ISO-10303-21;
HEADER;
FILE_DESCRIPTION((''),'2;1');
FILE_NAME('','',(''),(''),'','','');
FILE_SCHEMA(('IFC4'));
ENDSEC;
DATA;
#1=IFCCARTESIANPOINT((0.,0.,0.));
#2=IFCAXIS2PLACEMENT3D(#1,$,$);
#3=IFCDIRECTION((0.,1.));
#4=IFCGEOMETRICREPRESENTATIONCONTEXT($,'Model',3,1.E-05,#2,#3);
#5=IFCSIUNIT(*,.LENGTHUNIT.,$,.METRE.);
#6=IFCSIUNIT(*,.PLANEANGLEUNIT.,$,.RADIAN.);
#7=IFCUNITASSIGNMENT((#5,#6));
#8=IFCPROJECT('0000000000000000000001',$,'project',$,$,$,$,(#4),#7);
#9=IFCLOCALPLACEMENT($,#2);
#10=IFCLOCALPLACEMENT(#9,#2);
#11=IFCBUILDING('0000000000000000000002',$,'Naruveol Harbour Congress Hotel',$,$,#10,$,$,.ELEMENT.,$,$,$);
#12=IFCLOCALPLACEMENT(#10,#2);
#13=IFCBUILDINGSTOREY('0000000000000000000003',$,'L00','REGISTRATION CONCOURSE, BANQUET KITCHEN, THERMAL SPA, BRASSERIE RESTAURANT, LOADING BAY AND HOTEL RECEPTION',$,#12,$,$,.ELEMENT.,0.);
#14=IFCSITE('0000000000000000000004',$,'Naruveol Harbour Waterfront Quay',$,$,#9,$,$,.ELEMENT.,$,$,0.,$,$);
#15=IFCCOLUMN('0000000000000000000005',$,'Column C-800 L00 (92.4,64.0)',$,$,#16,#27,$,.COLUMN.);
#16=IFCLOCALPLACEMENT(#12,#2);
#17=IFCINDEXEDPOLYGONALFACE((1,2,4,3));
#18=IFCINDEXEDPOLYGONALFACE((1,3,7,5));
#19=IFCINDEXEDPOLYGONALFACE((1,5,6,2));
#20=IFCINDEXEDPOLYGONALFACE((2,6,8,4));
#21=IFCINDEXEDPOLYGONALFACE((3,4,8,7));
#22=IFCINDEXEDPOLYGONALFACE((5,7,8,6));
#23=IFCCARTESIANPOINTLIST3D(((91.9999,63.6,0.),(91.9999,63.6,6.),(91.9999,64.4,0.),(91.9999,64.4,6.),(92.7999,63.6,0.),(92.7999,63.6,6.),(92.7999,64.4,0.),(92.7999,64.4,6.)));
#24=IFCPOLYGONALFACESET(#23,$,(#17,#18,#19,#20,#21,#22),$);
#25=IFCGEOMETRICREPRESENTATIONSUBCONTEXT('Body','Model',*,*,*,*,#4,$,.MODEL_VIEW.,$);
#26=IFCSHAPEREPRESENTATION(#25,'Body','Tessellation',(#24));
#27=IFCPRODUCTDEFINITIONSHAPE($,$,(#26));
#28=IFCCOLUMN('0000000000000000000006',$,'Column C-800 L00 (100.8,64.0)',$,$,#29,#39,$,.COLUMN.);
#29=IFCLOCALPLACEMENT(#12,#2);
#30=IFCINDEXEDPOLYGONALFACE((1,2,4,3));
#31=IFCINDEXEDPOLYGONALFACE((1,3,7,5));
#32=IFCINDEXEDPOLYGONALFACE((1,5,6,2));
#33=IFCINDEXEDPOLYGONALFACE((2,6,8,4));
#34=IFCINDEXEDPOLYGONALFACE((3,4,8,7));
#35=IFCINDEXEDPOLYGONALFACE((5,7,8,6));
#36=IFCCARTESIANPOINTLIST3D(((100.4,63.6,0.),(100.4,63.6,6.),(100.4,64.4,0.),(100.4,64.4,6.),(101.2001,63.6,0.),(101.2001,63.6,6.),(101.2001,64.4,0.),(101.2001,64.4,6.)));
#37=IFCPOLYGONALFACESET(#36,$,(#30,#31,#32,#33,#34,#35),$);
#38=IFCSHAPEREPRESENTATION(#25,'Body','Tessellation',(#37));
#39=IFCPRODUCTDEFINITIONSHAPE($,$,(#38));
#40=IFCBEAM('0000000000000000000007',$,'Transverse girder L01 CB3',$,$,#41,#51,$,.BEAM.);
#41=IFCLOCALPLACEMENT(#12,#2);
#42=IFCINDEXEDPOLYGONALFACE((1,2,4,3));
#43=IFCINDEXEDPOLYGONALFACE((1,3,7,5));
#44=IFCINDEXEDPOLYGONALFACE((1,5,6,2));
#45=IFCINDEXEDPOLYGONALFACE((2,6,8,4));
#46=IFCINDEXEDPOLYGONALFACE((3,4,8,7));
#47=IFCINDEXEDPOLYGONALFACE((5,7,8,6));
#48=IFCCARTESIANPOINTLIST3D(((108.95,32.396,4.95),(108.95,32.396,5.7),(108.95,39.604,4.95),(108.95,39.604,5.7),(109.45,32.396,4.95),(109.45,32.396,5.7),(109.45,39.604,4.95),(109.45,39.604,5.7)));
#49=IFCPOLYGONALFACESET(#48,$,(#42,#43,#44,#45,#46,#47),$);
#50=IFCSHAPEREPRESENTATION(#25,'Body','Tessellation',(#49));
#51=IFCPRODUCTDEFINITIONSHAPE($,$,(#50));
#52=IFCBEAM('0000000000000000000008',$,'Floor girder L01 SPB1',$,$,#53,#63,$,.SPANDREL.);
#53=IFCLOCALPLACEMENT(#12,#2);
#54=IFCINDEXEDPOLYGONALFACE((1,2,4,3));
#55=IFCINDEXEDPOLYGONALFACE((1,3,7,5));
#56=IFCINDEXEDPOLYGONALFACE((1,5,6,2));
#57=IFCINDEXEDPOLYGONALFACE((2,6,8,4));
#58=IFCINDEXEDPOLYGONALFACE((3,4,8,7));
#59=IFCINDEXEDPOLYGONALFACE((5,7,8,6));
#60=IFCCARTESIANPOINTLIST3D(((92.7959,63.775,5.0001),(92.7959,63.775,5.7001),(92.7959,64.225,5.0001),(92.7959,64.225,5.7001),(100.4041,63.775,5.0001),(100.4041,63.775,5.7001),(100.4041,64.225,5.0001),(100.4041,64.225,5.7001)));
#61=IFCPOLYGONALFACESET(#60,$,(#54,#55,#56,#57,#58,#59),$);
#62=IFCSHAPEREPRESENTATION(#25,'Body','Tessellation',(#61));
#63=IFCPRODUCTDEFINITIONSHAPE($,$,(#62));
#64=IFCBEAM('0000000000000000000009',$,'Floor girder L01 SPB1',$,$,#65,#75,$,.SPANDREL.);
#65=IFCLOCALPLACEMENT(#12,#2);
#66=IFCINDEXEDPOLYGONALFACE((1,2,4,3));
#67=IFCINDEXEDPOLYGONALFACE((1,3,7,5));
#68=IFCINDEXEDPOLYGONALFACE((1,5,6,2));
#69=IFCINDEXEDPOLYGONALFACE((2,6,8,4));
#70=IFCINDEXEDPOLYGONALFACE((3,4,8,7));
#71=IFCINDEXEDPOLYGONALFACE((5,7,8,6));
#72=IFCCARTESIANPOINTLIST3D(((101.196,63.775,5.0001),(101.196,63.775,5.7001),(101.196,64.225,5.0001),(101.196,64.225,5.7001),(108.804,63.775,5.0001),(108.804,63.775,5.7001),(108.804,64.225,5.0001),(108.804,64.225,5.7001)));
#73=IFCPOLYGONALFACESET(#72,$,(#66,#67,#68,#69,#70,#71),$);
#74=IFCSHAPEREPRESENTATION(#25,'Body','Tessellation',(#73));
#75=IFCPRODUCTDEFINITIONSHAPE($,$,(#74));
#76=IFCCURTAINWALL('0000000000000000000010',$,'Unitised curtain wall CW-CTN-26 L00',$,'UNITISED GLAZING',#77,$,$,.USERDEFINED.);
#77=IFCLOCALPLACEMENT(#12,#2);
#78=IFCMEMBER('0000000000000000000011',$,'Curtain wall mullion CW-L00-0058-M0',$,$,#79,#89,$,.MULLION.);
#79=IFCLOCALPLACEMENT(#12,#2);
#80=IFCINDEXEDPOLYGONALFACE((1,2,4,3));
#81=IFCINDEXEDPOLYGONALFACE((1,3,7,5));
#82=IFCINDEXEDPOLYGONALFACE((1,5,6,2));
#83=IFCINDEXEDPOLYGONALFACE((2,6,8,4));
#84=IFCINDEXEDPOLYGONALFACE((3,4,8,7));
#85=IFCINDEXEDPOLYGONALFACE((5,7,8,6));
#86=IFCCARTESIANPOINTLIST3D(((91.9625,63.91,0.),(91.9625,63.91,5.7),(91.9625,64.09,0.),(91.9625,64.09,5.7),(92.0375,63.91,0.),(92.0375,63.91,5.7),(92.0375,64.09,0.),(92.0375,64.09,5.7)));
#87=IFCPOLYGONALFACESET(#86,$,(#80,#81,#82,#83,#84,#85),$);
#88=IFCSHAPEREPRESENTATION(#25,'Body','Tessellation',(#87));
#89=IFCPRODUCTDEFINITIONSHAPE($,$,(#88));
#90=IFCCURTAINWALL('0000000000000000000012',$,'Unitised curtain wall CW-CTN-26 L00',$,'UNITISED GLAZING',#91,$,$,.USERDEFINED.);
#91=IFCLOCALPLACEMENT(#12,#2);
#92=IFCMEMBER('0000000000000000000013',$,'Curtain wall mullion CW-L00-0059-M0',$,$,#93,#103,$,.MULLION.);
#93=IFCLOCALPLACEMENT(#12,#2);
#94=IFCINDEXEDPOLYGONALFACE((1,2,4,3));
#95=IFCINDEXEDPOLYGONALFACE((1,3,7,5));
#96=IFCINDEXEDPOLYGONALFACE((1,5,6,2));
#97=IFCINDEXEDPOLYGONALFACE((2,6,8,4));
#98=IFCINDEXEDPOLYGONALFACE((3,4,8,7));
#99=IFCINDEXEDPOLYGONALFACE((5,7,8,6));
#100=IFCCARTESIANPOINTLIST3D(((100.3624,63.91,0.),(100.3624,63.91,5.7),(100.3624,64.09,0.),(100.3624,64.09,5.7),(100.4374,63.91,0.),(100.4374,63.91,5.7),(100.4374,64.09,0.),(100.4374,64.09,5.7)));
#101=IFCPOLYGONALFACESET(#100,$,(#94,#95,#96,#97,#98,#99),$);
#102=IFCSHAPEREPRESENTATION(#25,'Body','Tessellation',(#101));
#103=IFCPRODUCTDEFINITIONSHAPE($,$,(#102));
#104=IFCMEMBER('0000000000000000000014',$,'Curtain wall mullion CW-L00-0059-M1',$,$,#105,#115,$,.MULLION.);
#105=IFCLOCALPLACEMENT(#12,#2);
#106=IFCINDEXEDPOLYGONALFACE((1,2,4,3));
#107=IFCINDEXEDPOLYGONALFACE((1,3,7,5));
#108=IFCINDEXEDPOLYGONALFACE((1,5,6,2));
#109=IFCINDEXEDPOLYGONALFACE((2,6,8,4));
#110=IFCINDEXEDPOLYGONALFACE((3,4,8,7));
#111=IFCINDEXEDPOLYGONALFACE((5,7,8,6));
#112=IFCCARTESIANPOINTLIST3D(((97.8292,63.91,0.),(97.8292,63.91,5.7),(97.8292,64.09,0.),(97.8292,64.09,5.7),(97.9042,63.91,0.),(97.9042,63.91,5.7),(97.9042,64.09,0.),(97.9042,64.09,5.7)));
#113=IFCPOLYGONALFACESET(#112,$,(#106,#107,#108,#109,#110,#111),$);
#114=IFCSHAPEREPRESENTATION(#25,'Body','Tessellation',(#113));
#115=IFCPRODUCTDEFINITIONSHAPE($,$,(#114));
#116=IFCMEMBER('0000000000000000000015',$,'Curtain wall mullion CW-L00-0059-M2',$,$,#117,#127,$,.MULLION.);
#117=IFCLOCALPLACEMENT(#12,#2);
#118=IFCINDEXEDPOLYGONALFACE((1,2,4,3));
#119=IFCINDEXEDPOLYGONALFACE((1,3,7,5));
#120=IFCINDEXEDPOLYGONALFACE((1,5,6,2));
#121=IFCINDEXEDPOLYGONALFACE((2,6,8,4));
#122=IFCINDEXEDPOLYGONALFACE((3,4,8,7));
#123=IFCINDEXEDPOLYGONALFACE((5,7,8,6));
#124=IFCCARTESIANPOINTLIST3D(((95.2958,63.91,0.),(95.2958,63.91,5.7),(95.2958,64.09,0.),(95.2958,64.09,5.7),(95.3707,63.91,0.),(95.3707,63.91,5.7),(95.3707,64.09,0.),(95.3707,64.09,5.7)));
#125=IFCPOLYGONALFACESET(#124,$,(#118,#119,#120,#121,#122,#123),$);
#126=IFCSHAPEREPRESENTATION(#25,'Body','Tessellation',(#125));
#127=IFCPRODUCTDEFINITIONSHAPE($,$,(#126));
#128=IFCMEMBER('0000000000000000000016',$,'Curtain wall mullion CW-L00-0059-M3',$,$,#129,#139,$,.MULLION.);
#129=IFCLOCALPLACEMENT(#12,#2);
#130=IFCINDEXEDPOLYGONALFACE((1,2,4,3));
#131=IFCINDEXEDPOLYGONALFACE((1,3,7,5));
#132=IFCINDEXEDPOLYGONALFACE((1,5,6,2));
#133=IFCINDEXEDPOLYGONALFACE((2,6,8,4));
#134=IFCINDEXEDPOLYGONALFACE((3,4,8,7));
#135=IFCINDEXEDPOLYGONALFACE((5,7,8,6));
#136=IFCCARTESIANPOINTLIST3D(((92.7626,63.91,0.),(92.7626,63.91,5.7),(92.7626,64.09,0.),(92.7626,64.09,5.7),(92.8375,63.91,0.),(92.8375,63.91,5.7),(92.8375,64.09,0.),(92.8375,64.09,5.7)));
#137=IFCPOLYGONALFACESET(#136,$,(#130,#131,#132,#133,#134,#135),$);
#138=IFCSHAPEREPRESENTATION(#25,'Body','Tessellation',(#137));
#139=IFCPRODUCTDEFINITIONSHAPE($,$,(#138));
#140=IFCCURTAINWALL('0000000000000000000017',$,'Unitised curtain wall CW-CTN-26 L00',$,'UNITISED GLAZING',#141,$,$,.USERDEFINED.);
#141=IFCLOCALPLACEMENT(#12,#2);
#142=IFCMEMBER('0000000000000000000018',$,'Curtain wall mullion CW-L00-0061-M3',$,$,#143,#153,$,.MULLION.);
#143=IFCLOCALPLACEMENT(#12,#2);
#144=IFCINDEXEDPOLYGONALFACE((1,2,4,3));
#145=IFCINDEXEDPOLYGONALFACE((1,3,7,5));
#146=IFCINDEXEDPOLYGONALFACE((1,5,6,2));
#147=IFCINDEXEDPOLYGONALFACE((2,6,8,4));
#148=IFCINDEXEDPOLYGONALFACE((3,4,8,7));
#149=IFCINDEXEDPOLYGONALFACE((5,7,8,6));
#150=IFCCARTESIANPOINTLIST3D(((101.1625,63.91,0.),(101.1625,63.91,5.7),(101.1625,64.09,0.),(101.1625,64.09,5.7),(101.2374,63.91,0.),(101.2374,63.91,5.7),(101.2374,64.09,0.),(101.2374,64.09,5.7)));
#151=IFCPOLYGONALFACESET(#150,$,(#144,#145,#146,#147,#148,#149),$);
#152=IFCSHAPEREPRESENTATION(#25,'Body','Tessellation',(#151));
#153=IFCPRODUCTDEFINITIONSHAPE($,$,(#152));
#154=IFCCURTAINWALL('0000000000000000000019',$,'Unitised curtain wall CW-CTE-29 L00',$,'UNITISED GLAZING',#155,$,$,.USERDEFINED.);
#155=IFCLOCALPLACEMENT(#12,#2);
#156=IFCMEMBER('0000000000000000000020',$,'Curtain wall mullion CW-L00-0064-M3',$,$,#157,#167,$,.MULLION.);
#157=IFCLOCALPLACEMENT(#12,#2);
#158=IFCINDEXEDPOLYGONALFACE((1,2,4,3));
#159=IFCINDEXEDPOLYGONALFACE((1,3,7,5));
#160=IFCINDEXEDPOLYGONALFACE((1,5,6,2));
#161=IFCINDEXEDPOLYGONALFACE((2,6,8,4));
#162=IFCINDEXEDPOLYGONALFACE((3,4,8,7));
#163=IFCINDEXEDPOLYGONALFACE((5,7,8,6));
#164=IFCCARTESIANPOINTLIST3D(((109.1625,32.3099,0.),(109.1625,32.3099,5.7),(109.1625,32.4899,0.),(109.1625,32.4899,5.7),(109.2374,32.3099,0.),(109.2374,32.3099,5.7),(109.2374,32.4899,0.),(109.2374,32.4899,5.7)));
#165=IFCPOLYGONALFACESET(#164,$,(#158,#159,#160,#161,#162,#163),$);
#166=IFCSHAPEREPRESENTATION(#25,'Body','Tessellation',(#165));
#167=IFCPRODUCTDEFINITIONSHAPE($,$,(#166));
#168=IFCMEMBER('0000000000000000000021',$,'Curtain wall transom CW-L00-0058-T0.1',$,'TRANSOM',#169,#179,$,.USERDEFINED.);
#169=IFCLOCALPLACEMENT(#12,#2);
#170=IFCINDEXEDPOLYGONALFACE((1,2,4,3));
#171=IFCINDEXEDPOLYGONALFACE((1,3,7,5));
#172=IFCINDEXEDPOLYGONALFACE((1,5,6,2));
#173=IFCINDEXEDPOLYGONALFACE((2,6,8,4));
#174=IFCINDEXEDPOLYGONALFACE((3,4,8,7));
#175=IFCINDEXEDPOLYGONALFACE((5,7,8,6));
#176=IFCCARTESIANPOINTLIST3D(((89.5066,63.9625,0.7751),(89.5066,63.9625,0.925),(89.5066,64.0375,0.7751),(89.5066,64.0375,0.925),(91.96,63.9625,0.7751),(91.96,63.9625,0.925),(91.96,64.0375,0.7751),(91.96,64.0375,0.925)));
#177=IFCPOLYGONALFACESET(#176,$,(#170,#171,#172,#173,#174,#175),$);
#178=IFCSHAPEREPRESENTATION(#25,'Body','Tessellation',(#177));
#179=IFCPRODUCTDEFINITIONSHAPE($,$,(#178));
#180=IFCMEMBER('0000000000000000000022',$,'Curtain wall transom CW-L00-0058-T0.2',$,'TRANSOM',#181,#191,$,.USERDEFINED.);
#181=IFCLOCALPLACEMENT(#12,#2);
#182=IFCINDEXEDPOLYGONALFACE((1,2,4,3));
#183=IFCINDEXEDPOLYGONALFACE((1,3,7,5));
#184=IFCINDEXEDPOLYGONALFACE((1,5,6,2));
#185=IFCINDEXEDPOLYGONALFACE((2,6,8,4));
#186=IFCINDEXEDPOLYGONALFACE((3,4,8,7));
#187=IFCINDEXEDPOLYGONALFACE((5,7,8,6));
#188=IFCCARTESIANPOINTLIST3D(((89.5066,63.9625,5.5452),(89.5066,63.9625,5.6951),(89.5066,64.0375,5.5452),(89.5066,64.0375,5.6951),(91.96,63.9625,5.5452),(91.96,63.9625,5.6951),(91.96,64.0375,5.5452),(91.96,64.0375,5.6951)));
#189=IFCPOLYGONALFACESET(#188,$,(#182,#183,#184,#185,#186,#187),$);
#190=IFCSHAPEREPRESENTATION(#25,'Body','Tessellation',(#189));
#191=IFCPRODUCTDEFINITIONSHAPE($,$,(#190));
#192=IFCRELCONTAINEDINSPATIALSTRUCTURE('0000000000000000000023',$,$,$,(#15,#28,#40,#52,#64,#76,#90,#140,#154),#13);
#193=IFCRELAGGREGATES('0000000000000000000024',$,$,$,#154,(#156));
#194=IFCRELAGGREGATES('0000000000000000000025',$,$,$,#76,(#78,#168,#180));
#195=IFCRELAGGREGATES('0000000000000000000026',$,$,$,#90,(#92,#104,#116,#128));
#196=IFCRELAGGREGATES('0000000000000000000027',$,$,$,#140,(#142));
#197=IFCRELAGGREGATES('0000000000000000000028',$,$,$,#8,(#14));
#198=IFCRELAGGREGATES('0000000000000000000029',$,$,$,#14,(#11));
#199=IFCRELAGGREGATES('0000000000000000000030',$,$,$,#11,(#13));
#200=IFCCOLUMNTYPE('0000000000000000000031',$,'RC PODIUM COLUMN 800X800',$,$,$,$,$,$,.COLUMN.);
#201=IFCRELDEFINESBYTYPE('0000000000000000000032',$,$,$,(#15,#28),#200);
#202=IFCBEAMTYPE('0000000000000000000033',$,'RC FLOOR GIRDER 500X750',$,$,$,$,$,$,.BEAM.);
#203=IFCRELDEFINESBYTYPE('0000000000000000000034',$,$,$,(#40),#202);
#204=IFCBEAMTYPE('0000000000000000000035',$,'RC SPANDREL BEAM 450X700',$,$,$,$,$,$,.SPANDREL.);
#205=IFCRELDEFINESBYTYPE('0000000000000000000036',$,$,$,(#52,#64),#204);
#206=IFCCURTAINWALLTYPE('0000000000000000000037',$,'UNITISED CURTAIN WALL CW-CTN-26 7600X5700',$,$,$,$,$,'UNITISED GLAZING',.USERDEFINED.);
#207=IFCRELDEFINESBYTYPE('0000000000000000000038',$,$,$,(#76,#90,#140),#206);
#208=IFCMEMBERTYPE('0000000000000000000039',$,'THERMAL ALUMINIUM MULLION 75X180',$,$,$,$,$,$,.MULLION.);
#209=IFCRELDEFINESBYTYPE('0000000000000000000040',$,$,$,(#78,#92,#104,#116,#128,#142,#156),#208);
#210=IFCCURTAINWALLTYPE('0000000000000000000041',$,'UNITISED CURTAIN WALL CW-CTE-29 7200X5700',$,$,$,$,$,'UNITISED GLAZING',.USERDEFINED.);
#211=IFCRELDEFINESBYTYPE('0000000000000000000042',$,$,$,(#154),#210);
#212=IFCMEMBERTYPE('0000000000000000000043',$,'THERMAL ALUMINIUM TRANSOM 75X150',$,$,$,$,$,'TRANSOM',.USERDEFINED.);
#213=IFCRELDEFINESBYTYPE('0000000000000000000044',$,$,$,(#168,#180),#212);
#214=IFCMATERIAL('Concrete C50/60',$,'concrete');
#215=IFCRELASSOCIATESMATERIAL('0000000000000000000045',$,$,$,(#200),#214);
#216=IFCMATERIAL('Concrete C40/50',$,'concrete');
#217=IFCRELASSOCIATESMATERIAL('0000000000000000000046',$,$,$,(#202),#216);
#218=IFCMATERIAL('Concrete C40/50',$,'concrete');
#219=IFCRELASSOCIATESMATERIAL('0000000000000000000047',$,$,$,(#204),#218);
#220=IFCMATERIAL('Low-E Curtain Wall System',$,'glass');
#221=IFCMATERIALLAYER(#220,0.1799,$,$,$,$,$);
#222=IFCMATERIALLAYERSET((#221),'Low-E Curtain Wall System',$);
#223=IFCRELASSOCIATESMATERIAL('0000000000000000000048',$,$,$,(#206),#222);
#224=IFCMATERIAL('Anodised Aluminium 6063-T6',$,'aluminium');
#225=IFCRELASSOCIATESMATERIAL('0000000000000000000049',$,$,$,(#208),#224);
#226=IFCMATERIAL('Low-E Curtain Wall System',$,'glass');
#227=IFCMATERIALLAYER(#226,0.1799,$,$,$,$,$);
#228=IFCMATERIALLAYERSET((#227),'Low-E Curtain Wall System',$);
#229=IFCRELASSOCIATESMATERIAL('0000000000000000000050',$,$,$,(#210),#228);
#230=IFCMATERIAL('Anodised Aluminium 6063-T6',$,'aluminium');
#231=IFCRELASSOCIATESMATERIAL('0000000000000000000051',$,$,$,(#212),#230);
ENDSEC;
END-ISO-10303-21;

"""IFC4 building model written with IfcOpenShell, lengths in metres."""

from ifc_helpers import new_model, si_unit, direction, frame, origin, origin_2d, place, context, subcontext, project, spatial, rectangle, extrude, material, layer, layer_set, material_profile, profile_set, type_object, element, aggregate, save


model = new_model("IFC4")

# Units and contexts
model_context = context("Model", 3, precision=1e-05, world=origin(), true_north=direction((0.0, 1.0)))
body_context = subcontext(model_context, "Body", "Model", "MODEL_VIEW")
ifc_project = project(units=[si_unit("LENGTHUNIT", "METRE"), si_unit("PLANEANGLEUNIT", "RADIAN")], contexts=[model_context])

# Site, building, storey
site_placement = place(None, origin())
site = spatial("IfcSite", under=ifc_project, at=site_placement, Name="Naruveol Harbour Waterfront Quay", CompositionType="ELEMENT", RefElevation=0.0)
building_placement = place(site_placement, origin())
building = spatial("IfcBuilding", under=site, at=building_placement, Name="Naruveol Harbour Congress Hotel", CompositionType="ELEMENT")
storey_placement = place(building_placement, origin())
storey = spatial("IfcBuildingStorey", under=building, at=storey_placement, Name="L00", Description="REGISTRATION CONCOURSE, BANQUET KITCHEN, THERMAL SPA, BRASSERIE RESTAURANT, LOADING BAY AND HOTEL RECEPTION", CompositionType="ELEMENT", Elevation=0.0)

# Columns
ifc_material_1 = material(Name="Concrete C50/60", Category="concrete")
ifc_material_profile_1 = material_profile(ifc_material_1, rectangle(XDim=0.8, YDim=0.8, at=origin_2d()), Name="RC-800x800")
ifc_profile_set_1 = profile_set([ifc_material_profile_1], Name="Concrete C50/60")
column_type = type_object("IfcColumnType", Name="RC PODIUM COLUMN 800X800", PredefinedType="COLUMN", material=ifc_profile_set_1)
for number, where, z_axis, x_axis, name in (
    (1, (92.3999, 64.0, 0.0), (0.0, 0.0, 1.0), (1.0, 0.0, 0.0), "Column C-800 L00 (92.4,64.0)"),
    (2, (100.8, 64.0, 0.0), (0.0, 0.0, 1.0), (1.0, 0.0, 0.0), "Column C-800 L00 (100.8,64.0)"),
):
    element("IfcColumn", number, at=place(storey_placement, frame(where, z_axis=z_axis, x_axis=x_axis)), inside=storey, type_object=column_type, Name=name, PredefinedType="COLUMN", context=body_context, shape_type="SweptSolid", body=[
        extrude(rectangle(XDim=0.8, YDim=0.8, at=origin_2d()), origin(), (0.0, 0.0, 1.0), 6.0),
    ])

# Beams
ifc_material_2 = material(Name="Concrete C40/50", Category="concrete")
ifc_material_profile_2 = material_profile(ifc_material_2, rectangle(XDim=0.5, YDim=0.75, at=origin_2d()), Name="RCB-500x750")
ifc_profile_set_2 = profile_set([ifc_material_profile_2], Name="Concrete C40/50")
beam_type_1 = type_object("IfcBeamType", Name="RC FLOOR GIRDER 500X750", PredefinedType="BEAM", material=ifc_profile_set_2)
beam_1_placement = place(storey_placement, frame((109.2, 32.396, 5.325), z_axis=(0.0, 1.0, 0.0), x_axis=(-1.0, 0.0, 0.0)))
element("IfcBeam", 3, at=beam_1_placement, inside=storey, type_object=beam_type_1, Name="Transverse girder L01 CB3", PredefinedType="BEAM", context=body_context, shape_type="SweptSolid", body=[
    extrude(rectangle(XDim=0.5, YDim=0.75, at=origin_2d()), origin(), (0.0, 0.0, 1.0), 7.208),
])
ifc_material_3 = material(Name="Concrete C40/50", Category="concrete")
ifc_material_profile_3 = material_profile(ifc_material_3, rectangle(XDim=0.45, YDim=0.7, at=origin_2d()), Name="RCB-450x700")
ifc_profile_set_3 = profile_set([ifc_material_profile_3], Name="Concrete C40/50")
beam_type_2 = type_object("IfcBeamType", Name="RC SPANDREL BEAM 450X700", PredefinedType="SPANDREL", material=ifc_profile_set_3)
beam_2_placement = place(storey_placement, frame((92.7959, 64.0, 5.3501), z_axis=(1.0, 0.0, 0.0), x_axis=(0.0, 1.0, 0.0)))
element("IfcBeam", 4, at=beam_2_placement, inside=storey, type_object=beam_type_2, Name="Floor girder L01 SPB1", PredefinedType="SPANDREL", context=body_context, shape_type="SweptSolid", body=[
    extrude(rectangle(XDim=0.45, YDim=0.7, at=origin_2d()), origin(), (0.0, 0.0, 1.0), 7.6082),
])
beam_3_placement = place(storey_placement, frame((101.196, 64.0, 5.3501), z_axis=(1.0, 0.0, 0.0), x_axis=(0.0, 1.0, 0.0)))
element("IfcBeam", 5, at=beam_3_placement, inside=storey, type_object=beam_type_2, Name="Floor girder L01 SPB1", PredefinedType="SPANDREL", context=body_context, shape_type="SweptSolid", body=[
    extrude(rectangle(XDim=0.45, YDim=0.7, at=origin_2d()), origin(), (0.0, 0.0, 1.0), 7.6079),
])

# Curtain wall, member
ifc_material_4 = material(Name="Low-E Curtain Wall System", Category="glass")
ifc_layer_1 = layer(ifc_material_4, 0.1799)
ifc_layer_set_1 = layer_set([ifc_layer_1], Name="Low-E Curtain Wall System")
curtain_wall_type_1 = type_object("IfcCurtainWallType", Name="UNITISED CURTAIN WALL CW-CTN-26 7600X5700", ElementType="UNITISED GLAZING", PredefinedType="USERDEFINED", material=ifc_layer_set_1)
curtain_wall_1_placement = place(storey_placement, origin())
curtain_wall_1 = element("IfcCurtainWall", 6, at=curtain_wall_1_placement, inside=storey, type_object=curtain_wall_type_1, Name="Unitised curtain wall CW-CTN-26 L00", ObjectType="UNITISED GLAZING", PredefinedType="USERDEFINED")
ifc_material_5 = material(Name="Anodised Aluminium 6063-T6", Category="aluminium")
ifc_material_profile_4 = material_profile(ifc_material_5, rectangle(XDim=0.075, YDim=0.1799, at=origin_2d()), Name="ALU-75x180")
ifc_profile_set_4 = profile_set([ifc_material_profile_4], Name="Anodised Aluminium 6063-T6")
member_type_1 = type_object("IfcMemberType", Name="THERMAL ALUMINIUM MULLION 75X180", PredefinedType="MULLION", material=ifc_profile_set_4)
member_1_placement = place(storey_placement, frame((92.0, 64.0, 0.0), z_axis=(0.0, 0.0, 1.0), x_axis=(1.0, 0.0, 0.0)))
member_1 = element("IfcMember", 7, at=member_1_placement, type_object=member_type_1, Name="Curtain wall mullion CW-L00-0058-M0", PredefinedType="MULLION", context=body_context, shape_type="SweptSolid", body=[
    extrude(rectangle(XDim=0.075, YDim=0.1799, at=origin_2d()), origin(), (0.0, 0.0, 1.0), 5.7),
])

# Curtain wall, members
curtain_wall_2_placement = place(storey_placement, origin())
curtain_wall_2 = element("IfcCurtainWall", 8, at=curtain_wall_2_placement, inside=storey, type_object=curtain_wall_type_1, Name="Unitised curtain wall CW-CTN-26 L00", ObjectType="UNITISED GLAZING", PredefinedType="USERDEFINED")
member_2_placement = place(storey_placement, frame((100.3999, 64.0, 0.0), z_axis=(0.0, 0.0, 1.0), x_axis=(1.0, 0.0, 0.0)))
member_2 = element("IfcMember", 9, at=member_2_placement, type_object=member_type_1, Name="Curtain wall mullion CW-L00-0059-M0", PredefinedType="MULLION", context=body_context, shape_type="SweptSolid", body=[
    extrude(rectangle(XDim=0.075, YDim=0.1799, at=origin_2d()), origin(), (0.0, 0.0, 1.0), 5.7),
])
member_3_placement = place(storey_placement, frame((97.8667, 64.0, 0.0), z_axis=(0.0, 0.0, 1.0), x_axis=(1.0, 0.0, 0.0)))
member_3 = element("IfcMember", 10, at=member_3_placement, type_object=member_type_1, Name="Curtain wall mullion CW-L00-0059-M1", PredefinedType="MULLION", context=body_context, shape_type="SweptSolid", body=[
    extrude(rectangle(XDim=0.075, YDim=0.1799, at=origin_2d()), origin(), (0.0, 0.0, 1.0), 5.7),
])
member_4_placement = place(storey_placement, frame((95.3333, 64.0, 0.0), z_axis=(0.0, 0.0, 1.0), x_axis=(1.0, 0.0, 0.0)))
member_4 = element("IfcMember", 11, at=member_4_placement, type_object=member_type_1, Name="Curtain wall mullion CW-L00-0059-M2", PredefinedType="MULLION", context=body_context, shape_type="SweptSolid", body=[
    extrude(rectangle(XDim=0.075, YDim=0.1799, at=origin_2d()), origin(), (0.0, 0.0, 1.0), 5.7),
])
member_5_placement = place(storey_placement, frame((92.8, 64.0, 0.0), z_axis=(0.0, 0.0, 1.0), x_axis=(1.0, 0.0, 0.0)))
member_5 = element("IfcMember", 12, at=member_5_placement, type_object=member_type_1, Name="Curtain wall mullion CW-L00-0059-M3", PredefinedType="MULLION", context=body_context, shape_type="SweptSolid", body=[
    extrude(rectangle(XDim=0.075, YDim=0.1799, at=origin_2d()), origin(), (0.0, 0.0, 1.0), 5.7),
])

# Curtain walls, members
curtain_wall_3_placement = place(storey_placement, origin())
curtain_wall_3 = element("IfcCurtainWall", 13, at=curtain_wall_3_placement, inside=storey, type_object=curtain_wall_type_1, Name="Unitised curtain wall CW-CTN-26 L00", ObjectType="UNITISED GLAZING", PredefinedType="USERDEFINED")
member_6_placement = place(storey_placement, frame((101.2, 64.0, 0.0), z_axis=(0.0, 0.0, 1.0), x_axis=(1.0, 0.0, 0.0)))
member_6 = element("IfcMember", 14, at=member_6_placement, type_object=member_type_1, Name="Curtain wall mullion CW-L00-0061-M3", PredefinedType="MULLION", context=body_context, shape_type="SweptSolid", body=[
    extrude(rectangle(XDim=0.075, YDim=0.1799, at=origin_2d()), origin(), (0.0, 0.0, 1.0), 5.7),
])
ifc_material_6 = material(Name="Low-E Curtain Wall System", Category="glass")
ifc_layer_2 = layer(ifc_material_6, 0.1799)
ifc_layer_set_2 = layer_set([ifc_layer_2], Name="Low-E Curtain Wall System")
curtain_wall_type_2 = type_object("IfcCurtainWallType", Name="UNITISED CURTAIN WALL CW-CTE-29 7200X5700", ElementType="UNITISED GLAZING", PredefinedType="USERDEFINED", material=ifc_layer_set_2)
curtain_wall_4_placement = place(storey_placement, origin())
curtain_wall_4 = element("IfcCurtainWall", 15, at=curtain_wall_4_placement, inside=storey, type_object=curtain_wall_type_2, Name="Unitised curtain wall CW-CTE-29 L00", ObjectType="UNITISED GLAZING", PredefinedType="USERDEFINED")
member_7_placement = place(storey_placement, frame((109.2, 32.3999, 0.0), z_axis=(0.0, 0.0, 1.0), x_axis=(1.0, 0.0, 0.0)))
member_7 = element("IfcMember", 16, at=member_7_placement, type_object=member_type_1, Name="Curtain wall mullion CW-L00-0064-M3", PredefinedType="MULLION", context=body_context, shape_type="SweptSolid", body=[
    extrude(rectangle(XDim=0.075, YDim=0.1799, at=origin_2d()), origin(), (0.0, 0.0, 1.0), 5.7),
])
aggregate(curtain_wall_4, [member_7])

# Members
ifc_material_7 = material(Name="Anodised Aluminium 6063-T6", Category="aluminium")
ifc_material_profile_5 = material_profile(ifc_material_7, rectangle(XDim=0.075, YDim=0.1499, at=origin_2d()), Name="ALU-75x150")
ifc_profile_set_5 = profile_set([ifc_material_profile_5], Name="Anodised Aluminium 6063-T6")
member_type_2 = type_object("IfcMemberType", Name="THERMAL ALUMINIUM TRANSOM 75X150", ElementType="TRANSOM", PredefinedType="USERDEFINED", material=ifc_profile_set_5)
member_8_placement = place(storey_placement, frame((91.96, 64.0, 0.8501), z_axis=(-1.0, 0.0, 0.0), x_axis=(0.0, -1.0, 0.0)))
member_8 = element("IfcMember", 17, at=member_8_placement, type_object=member_type_2, Name="Curtain wall transom CW-L00-0058-T0.1", ObjectType="TRANSOM", PredefinedType="USERDEFINED", context=body_context, shape_type="SweptSolid", body=[
    extrude(rectangle(XDim=0.075, YDim=0.1499, at=origin_2d()), origin(), (0.0, 0.0, 1.0), 2.4534),
])
member_9_placement = place(storey_placement, frame((91.96, 64.0, 5.6201), z_axis=(-1.0, 0.0, 0.0), x_axis=(0.0, -1.0, 0.0)))
member_9 = element("IfcMember", 18, at=member_9_placement, type_object=member_type_2, Name="Curtain wall transom CW-L00-0058-T0.2", ObjectType="TRANSOM", PredefinedType="USERDEFINED", context=body_context, shape_type="SweptSolid", body=[
    extrude(rectangle(XDim=0.075, YDim=0.1499, at=origin_2d()), origin(), (0.0, 0.0, 1.0), 2.4534),
])
aggregate(curtain_wall_1, [member_1, member_8, member_9])

aggregate(curtain_wall_2, [member_2, member_3, member_4, member_5])
aggregate(curtain_wall_3, [member_6])

save(model, "model.ifc")
